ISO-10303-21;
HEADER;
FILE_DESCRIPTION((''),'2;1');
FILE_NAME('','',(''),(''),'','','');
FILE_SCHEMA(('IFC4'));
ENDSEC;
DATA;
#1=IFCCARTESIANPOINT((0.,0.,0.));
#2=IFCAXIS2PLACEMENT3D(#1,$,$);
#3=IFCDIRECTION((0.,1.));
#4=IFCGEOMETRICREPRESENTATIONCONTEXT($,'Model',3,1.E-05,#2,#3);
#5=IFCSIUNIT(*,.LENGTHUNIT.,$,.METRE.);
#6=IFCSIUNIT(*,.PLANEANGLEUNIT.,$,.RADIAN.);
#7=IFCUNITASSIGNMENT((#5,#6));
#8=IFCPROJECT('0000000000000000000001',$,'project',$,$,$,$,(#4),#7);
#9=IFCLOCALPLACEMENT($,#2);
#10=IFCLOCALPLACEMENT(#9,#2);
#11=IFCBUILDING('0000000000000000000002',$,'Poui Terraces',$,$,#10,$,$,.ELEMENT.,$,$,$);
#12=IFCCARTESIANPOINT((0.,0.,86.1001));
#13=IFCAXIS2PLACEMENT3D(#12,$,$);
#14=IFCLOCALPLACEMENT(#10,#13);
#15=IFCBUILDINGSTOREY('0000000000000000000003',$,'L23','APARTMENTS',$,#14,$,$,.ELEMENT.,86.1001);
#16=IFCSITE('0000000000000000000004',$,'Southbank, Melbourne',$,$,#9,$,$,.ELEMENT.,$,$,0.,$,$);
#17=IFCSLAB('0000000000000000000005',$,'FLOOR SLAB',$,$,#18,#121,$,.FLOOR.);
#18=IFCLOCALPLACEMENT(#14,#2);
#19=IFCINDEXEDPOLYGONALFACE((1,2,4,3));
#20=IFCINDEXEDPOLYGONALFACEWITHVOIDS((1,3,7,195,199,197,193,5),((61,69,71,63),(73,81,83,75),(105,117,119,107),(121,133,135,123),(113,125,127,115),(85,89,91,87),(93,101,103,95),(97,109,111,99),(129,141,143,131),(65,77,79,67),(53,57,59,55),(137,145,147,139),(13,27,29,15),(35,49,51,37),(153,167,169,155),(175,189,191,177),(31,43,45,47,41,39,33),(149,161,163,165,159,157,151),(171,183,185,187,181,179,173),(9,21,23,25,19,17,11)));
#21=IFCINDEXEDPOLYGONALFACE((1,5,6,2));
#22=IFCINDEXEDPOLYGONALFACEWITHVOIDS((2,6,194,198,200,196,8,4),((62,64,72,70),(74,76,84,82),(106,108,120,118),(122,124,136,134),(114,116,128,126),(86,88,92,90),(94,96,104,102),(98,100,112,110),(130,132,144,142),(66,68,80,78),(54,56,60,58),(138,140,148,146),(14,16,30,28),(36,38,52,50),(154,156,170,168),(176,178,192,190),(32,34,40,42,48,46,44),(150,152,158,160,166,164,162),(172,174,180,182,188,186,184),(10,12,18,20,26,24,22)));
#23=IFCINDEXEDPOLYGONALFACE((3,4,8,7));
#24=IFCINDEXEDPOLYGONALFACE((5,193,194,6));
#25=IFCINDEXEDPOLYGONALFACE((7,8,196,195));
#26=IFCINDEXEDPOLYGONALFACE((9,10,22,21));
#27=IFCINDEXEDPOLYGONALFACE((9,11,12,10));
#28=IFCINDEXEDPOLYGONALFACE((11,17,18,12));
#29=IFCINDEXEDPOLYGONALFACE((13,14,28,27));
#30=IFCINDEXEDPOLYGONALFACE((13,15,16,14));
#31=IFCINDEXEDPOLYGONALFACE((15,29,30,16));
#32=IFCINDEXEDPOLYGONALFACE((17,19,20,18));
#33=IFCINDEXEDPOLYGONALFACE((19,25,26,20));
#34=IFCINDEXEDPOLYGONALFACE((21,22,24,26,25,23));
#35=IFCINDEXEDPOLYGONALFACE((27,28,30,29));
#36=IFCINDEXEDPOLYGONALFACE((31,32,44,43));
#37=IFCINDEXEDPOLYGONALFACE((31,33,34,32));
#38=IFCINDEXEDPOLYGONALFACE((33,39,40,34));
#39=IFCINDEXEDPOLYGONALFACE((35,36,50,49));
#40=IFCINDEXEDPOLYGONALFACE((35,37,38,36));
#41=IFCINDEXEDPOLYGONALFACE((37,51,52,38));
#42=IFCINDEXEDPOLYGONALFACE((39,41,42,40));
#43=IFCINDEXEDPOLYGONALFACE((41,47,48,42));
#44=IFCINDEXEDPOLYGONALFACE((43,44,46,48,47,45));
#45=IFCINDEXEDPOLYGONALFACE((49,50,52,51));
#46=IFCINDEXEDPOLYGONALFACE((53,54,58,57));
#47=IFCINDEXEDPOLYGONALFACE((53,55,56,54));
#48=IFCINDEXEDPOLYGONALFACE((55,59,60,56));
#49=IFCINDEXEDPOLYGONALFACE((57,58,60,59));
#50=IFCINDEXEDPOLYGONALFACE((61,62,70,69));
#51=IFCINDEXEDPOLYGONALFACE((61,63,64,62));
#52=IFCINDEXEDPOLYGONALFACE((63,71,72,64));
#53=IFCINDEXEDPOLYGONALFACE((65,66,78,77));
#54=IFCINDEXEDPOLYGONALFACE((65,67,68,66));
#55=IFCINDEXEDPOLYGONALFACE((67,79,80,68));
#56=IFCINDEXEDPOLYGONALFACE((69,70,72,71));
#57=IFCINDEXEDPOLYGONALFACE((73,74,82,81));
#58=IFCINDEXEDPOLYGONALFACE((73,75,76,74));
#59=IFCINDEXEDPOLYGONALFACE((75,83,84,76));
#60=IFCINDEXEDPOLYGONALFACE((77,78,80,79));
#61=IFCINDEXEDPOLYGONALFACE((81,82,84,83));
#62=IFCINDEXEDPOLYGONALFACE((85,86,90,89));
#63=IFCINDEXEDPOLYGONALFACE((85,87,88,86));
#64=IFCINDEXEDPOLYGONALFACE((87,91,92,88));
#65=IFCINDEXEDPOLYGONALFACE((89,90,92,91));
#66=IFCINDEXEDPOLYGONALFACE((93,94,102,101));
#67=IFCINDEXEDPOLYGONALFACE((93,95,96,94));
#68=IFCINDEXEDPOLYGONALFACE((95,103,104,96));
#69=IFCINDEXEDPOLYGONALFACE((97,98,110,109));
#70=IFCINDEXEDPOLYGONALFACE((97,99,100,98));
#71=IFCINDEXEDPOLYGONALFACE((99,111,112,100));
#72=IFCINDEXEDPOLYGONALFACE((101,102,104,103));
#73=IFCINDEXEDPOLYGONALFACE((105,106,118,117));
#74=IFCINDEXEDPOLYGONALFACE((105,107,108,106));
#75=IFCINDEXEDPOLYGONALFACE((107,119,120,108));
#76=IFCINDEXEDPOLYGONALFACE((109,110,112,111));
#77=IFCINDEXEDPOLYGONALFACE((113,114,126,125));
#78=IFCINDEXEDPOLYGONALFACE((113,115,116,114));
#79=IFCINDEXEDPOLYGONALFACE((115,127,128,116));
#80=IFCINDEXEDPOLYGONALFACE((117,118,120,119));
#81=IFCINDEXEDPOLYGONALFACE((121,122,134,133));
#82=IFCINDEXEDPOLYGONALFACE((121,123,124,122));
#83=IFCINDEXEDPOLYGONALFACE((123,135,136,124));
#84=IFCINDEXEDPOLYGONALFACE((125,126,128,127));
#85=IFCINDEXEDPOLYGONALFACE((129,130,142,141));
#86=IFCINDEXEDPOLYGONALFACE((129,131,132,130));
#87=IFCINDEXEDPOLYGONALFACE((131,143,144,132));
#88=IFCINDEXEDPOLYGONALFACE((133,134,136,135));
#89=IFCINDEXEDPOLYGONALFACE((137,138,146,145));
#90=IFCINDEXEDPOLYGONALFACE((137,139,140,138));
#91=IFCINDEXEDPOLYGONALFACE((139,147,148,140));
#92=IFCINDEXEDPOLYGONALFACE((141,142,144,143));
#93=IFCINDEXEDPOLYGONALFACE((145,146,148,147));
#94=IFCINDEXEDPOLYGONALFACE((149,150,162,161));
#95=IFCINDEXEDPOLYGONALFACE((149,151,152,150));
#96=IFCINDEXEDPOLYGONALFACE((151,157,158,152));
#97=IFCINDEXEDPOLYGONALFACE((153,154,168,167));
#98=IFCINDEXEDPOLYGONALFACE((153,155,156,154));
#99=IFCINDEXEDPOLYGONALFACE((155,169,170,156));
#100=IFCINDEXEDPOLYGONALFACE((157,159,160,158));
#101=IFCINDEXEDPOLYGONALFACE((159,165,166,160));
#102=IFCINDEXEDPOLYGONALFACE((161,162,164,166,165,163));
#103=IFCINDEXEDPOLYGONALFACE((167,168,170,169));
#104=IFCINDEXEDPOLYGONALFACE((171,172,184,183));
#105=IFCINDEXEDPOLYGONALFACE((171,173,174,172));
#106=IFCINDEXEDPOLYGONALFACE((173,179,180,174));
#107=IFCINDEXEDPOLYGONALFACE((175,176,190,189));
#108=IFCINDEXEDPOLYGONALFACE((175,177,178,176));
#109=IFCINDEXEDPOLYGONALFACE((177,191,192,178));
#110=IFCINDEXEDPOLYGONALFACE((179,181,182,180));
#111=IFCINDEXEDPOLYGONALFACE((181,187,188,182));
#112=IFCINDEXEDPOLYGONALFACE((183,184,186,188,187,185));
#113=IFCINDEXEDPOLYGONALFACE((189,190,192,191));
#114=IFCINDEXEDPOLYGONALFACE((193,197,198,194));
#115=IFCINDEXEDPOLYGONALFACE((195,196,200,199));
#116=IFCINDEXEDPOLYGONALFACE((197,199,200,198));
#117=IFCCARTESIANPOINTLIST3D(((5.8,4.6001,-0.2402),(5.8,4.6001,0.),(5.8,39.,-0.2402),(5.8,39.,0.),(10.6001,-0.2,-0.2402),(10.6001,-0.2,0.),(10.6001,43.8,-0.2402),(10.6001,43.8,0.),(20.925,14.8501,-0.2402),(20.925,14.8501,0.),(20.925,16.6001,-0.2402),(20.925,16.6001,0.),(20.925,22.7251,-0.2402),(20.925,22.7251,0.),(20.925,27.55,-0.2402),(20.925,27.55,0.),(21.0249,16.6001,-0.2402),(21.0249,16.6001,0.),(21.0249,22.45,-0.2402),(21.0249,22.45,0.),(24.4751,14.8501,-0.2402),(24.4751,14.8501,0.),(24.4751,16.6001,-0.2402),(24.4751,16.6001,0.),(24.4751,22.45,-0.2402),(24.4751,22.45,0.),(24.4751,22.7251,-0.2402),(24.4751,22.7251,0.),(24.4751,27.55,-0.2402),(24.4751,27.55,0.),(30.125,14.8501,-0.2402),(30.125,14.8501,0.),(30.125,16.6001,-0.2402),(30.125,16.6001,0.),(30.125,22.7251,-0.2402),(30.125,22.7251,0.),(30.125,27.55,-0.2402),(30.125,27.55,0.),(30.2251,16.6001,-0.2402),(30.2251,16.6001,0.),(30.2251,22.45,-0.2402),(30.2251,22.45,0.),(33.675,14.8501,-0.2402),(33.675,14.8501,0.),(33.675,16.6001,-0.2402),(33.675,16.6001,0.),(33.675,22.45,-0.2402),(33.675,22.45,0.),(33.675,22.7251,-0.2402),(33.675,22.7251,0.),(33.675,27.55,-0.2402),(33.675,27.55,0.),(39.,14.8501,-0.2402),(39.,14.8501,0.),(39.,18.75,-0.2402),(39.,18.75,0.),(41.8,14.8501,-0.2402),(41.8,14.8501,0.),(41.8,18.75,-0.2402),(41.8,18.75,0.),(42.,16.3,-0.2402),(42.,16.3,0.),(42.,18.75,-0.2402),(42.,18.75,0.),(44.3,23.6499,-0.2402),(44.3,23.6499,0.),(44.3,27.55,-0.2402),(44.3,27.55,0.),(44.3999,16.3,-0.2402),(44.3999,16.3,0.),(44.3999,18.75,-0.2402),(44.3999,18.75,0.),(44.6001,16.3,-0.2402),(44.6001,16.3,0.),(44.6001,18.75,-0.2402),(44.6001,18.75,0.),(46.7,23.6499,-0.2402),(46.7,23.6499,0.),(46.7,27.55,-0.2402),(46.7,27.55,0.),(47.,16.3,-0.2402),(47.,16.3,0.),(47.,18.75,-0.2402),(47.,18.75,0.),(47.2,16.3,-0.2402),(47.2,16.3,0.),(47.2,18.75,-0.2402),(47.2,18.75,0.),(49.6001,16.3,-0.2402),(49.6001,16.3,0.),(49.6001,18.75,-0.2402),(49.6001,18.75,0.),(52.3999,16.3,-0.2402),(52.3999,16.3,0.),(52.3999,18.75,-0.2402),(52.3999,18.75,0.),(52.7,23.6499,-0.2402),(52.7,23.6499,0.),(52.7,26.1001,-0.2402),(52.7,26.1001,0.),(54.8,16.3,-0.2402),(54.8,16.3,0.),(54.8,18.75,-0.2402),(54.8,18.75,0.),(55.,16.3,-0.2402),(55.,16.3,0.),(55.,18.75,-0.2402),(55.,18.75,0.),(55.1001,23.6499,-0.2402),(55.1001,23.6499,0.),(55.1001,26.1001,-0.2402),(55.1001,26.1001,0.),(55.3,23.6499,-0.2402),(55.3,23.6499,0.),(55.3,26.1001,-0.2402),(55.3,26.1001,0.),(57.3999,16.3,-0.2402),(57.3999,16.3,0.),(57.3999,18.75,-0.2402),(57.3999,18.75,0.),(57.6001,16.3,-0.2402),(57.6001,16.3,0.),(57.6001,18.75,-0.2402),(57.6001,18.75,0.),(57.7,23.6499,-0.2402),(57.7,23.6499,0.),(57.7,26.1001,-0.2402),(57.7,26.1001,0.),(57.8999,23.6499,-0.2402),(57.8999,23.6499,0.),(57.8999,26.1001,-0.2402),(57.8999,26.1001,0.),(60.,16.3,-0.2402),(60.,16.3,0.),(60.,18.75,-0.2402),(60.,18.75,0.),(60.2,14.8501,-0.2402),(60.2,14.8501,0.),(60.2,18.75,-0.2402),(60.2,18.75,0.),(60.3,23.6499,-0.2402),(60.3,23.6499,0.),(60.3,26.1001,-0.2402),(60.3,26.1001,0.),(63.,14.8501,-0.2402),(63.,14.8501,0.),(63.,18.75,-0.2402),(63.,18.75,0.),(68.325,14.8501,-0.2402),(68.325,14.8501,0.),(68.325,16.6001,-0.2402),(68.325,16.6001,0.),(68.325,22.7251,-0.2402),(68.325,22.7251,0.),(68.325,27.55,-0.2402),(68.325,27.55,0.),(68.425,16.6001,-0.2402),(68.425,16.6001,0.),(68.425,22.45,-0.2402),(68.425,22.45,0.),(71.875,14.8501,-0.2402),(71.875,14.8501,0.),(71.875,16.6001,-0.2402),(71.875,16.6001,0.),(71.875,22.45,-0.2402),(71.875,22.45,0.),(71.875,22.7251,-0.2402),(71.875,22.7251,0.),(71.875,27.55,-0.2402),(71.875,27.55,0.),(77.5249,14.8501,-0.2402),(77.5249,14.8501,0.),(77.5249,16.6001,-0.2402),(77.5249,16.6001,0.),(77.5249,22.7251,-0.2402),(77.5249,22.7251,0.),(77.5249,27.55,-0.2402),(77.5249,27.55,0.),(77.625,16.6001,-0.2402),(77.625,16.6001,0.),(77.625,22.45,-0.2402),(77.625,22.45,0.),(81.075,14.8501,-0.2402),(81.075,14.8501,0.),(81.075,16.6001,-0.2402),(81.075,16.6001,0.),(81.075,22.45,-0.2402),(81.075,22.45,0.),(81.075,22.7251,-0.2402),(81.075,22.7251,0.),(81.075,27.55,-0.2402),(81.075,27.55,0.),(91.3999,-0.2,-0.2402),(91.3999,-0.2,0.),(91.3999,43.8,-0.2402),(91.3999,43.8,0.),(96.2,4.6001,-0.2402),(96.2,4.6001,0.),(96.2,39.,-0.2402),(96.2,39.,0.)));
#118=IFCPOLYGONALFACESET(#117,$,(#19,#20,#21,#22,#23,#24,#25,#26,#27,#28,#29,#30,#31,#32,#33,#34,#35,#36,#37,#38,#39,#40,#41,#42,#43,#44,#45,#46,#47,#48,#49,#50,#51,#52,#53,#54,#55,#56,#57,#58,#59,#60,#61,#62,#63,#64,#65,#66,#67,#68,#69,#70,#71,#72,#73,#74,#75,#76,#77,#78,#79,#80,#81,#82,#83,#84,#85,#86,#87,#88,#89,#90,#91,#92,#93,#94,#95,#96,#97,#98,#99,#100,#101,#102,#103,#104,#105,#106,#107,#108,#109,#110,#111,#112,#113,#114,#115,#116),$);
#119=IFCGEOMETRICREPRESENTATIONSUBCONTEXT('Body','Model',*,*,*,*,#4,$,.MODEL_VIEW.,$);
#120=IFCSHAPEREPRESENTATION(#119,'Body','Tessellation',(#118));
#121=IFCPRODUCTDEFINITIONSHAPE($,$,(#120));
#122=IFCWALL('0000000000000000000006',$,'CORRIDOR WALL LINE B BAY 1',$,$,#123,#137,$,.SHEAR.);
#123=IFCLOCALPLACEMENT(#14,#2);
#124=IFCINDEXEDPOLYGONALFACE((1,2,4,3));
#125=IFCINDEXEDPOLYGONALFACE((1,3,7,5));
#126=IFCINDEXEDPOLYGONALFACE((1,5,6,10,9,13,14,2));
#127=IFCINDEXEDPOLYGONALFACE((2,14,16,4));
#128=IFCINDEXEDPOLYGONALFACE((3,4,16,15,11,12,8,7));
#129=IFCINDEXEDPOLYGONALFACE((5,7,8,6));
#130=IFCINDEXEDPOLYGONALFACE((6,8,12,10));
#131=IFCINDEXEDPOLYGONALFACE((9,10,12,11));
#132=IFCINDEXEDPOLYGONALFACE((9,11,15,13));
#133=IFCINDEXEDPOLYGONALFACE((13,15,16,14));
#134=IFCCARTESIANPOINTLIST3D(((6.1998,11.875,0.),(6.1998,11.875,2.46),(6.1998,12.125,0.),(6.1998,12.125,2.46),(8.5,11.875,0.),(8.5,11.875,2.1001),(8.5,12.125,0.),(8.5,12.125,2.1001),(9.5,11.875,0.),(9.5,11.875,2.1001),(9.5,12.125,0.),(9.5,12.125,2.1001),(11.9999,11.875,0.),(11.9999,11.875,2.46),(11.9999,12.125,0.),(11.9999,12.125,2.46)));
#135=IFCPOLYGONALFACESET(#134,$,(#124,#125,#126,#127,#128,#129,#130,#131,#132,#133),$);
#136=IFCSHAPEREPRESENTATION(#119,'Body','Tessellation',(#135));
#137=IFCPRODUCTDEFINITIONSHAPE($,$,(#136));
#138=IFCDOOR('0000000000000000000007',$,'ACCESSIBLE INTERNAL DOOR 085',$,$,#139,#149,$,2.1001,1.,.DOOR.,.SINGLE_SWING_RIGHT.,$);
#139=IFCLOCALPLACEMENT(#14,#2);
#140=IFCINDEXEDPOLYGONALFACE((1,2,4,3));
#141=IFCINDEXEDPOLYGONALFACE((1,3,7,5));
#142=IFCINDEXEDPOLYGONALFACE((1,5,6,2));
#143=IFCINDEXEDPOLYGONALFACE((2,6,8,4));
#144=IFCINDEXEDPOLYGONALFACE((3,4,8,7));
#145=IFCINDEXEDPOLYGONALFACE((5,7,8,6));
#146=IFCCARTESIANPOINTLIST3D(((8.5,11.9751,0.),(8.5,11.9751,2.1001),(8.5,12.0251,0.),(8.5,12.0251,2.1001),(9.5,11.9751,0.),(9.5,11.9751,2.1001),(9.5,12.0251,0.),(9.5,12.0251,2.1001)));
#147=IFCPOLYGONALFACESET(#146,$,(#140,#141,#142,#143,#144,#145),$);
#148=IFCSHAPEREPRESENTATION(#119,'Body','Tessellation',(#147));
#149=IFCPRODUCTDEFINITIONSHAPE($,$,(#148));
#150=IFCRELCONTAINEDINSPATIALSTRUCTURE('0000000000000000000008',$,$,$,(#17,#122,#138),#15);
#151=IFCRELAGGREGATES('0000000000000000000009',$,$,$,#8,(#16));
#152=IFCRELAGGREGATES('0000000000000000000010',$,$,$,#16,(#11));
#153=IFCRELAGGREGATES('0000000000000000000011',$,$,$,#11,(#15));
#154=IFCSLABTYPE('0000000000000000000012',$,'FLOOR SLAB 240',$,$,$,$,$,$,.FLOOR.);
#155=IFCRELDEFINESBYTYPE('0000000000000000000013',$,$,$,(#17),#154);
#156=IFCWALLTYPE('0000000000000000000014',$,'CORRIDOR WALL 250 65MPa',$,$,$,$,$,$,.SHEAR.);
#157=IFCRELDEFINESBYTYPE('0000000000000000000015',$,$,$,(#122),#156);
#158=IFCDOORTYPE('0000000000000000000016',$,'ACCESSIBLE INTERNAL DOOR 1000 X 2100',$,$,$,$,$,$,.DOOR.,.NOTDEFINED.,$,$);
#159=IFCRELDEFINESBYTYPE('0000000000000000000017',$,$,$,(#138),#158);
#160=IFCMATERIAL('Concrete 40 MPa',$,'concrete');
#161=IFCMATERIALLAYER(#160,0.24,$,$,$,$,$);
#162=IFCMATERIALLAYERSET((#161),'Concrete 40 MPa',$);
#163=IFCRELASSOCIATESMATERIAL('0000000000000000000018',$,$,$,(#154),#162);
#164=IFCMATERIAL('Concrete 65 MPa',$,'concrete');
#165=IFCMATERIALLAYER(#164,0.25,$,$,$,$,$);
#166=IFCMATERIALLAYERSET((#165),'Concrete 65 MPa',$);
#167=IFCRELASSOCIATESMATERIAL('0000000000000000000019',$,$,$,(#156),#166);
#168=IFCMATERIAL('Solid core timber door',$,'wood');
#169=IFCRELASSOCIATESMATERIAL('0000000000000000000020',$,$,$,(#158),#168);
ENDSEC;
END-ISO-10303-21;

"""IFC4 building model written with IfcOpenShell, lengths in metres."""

from ifc_helpers import new_model, si_unit, direction, frame, frame_2d, origin, place, context, subcontext, project, spatial, polyline, rectangle, outline, extrude, source, transform, mapped, material, layer, layer_set, type_object, element, fill, save


model = new_model("IFC4")

# Units and contexts
model_context = context("Model", 3, precision=1e-05, world=origin(), true_north=direction((0.0, 1.0)))
body_context = subcontext(model_context, "Body", "Model", "MODEL_VIEW")
ifc_project = project(units=[si_unit("LENGTHUNIT", "METRE"), si_unit("PLANEANGLEUNIT", "RADIAN")], contexts=[model_context])

# Site, building, storey
site_placement = place(None, origin())
site = spatial("IfcSite", under=ifc_project, at=site_placement, Name="Southbank, Melbourne", CompositionType="ELEMENT", RefElevation=0.0)
building_placement = place(site_placement, origin())
building = spatial("IfcBuilding", under=site, at=building_placement, Name="Poui Terraces", CompositionType="ELEMENT")
storey_placement = place(building_placement, frame((0.0, 0.0, 86.1001)))
storey = spatial("IfcBuildingStorey", under=building, at=storey_placement, Name="L23", Description="APARTMENTS", CompositionType="ELEMENT", Elevation=86.1001)

# Slab
ifc_material_1 = material(Name="Concrete 40 MPa", Category="concrete")
ifc_layer_1 = layer(ifc_material_1, 0.24)
ifc_layer_set_1 = layer_set([ifc_layer_1], Name="Concrete 40 MPa")
slab_type = type_object("IfcSlabType", Name="FLOOR SLAB 240", PredefinedType="FLOOR", material=ifc_layer_set_1)
shared_shape = source(origin(), body_context, "Body", "SweptSolid", [
    extrude(outline(polyline([(0.0, 0.0), (4.8, -4.8), (85.5999, -4.8), (90.3999, 0.0), (90.3999, 34.3999), (85.5999, 39.2), (4.8, 39.2), (0.0, 34.3999), (0.0, 0.0)]), holes=[polyline([(33.2, 10.25), (33.2, 14.1499), (36.0, 14.1499), (36.0, 10.25), (33.2, 10.25)]), polyline([(36.2, 11.7), (36.2, 14.1499), (38.5999, 14.1499), (38.5999, 11.7), (36.2, 11.7)]), polyline([(38.8, 11.7), (38.8, 14.1499), (41.2, 14.1499), (41.2, 11.7), (38.8, 11.7)]), polyline([(41.3999, 14.1499), (43.8, 14.1499), (43.8, 11.7), (41.3999, 11.7), (41.3999, 14.1499)]), polyline([(46.5999, 14.1499), (49.0, 14.1499), (49.0, 11.7), (46.5999, 11.7), (46.5999, 14.1499)]), polyline([(15.2249, 17.8499), (18.675, 17.8499), (18.675, 12.0), (18.675, 10.25), (15.125, 10.25), (15.125, 12.0), (15.2249, 12.0), (15.2249, 17.8499)]), polyline([(24.425, 17.8499), (27.875, 17.8499), (27.875, 12.0), (27.875, 10.25), (24.325, 10.25), (24.325, 12.0), (24.425, 12.0), (24.425, 17.8499)]), polyline([(15.125, 18.125), (15.125, 22.95), (18.675, 22.95), (18.675, 18.125), (15.125, 18.125)]), polyline([(24.325, 22.95), (27.875, 22.95), (27.875, 18.125), (24.325, 18.125), (24.325, 22.95)]), polyline([(38.5, 22.95), (40.8999, 22.95), (40.8999, 19.0498), (38.5, 19.0498), (38.5, 22.95)]), polyline([(54.3999, 10.25), (54.3999, 14.1499), (57.2, 14.1499), (57.2, 10.25), (54.3999, 10.25)]), polyline([(49.2, 11.7), (49.2, 14.1499), (51.5999, 14.1499), (51.5999, 11.7), (49.2, 11.7)]), polyline([(51.8, 11.7), (51.8, 14.1499), (54.2, 14.1499), (54.2, 11.7), (51.8, 11.7)]), polyline([(66.075, 17.8499), (66.075, 12.0), (66.075, 10.25), (62.5249, 10.25), (62.5249, 12.0), (62.625, 12.0), (62.625, 17.8499), (66.075, 17.8499)]), polyline([(75.2749, 17.8499), (75.2749, 12.0), (75.2749, 10.25), (71.7249, 10.25), (71.7249, 12.0), (71.825, 12.0), (71.825, 17.8499), (75.2749, 17.8499)]), polyline([(46.8999, 19.0498), (46.8999, 21.5), (49.3, 21.5), (49.3, 19.0498), (46.8999, 19.0498)]), polyline([(49.5, 19.0498), (49.5, 21.5), (51.8999, 21.5), (51.8999, 19.0498), (49.5, 19.0498)]), polyline([(52.0999, 19.0498), (52.0999, 21.5), (54.5, 21.5), (54.5, 19.0498), (52.0999, 19.0498)]), polyline([(62.5249, 22.95), (66.075, 22.95), (66.075, 18.125), (62.5249, 18.125), (62.5249, 22.95)]), polyline([(71.7249, 22.95), (75.2749, 22.95), (75.2749, 18.125), (71.7249, 18.125), (71.7249, 22.95)])]), origin(), (0.0, 0.0, 1.0), 0.2402),
])
slab_placement = place(storey_placement, frame((5.8, 4.6001, -0.2402)))
element("IfcSlab", 1, at=slab_placement, inside=storey, type_object=slab_type, Name="FLOOR SLAB", PredefinedType="FLOOR", context=body_context, shape_type="MappedRepresentation", body=[
    mapped(shared_shape, transform((0.0, 0.0, 0.0))),
])

# Wall, opening, door
ifc_material_2 = material(Name="Concrete 65 MPa", Category="concrete")
ifc_layer_2 = layer(ifc_material_2, 0.25)
ifc_layer_set_2 = layer_set([ifc_layer_2], Name="Concrete 65 MPa")
wall_type_1 = type_object("IfcWallType", Name="CORRIDOR WALL 250 65MPa", PredefinedType="SHEAR", material=ifc_layer_set_2)
wall_1_placement = place(storey_placement, frame((6.2, 12.0, 0.0), z_axis=(0.0, 0.0, 1.0), x_axis=(1.0, 0.0, 0.0)))
wall_1 = element("IfcWall", 2, at=wall_1_placement, inside=storey, type_object=wall_type_1, Name="CORRIDOR WALL LINE B BAY 1", PredefinedType="SHEAR", context=body_context, shape_type="SweptSolid", body=[
    extrude(rectangle(XDim=5.8, YDim=0.25, at=frame_2d((2.8999, 0.0))), origin(), (0.0, 0.0, 1.0), 2.46),
])
opening_1_placement = place(wall_1_placement, frame((2.3, 0.0, 0.0)))
opening_1 = element("IfcOpeningElement", 3, at=opening_1_placement, cuts=wall_1, PredefinedType="OPENING", context=body_context, shape_type="SweptSolid", body=[
    extrude(rectangle(XDim=1.0, YDim=2.1001, at=frame_2d((0.5, 1.05))), frame((0.0, 0.135, 0.0), z_axis=(0.0, -1.0, 0.0), x_axis=(1.0, 0.0, 0.0)), (0.0, 0.0, 1.0), 0.27),
])
ifc_material_3 = material(Name="Solid core timber door", Category="wood")
door_type = type_object("IfcDoorType", Name="ACCESSIBLE INTERNAL DOOR 1000 X 2100", OperationType="NOTDEFINED", PredefinedType="DOOR", material=ifc_material_3)
door_placement = place(opening_1_placement, frame((1.0, 0.0, 0.0), z_axis=(0.0, 0.0, 1.0), x_axis=(-1.0, 0.0, 0.0)))
door = element("IfcDoor", 4, at=door_placement, inside=storey, type_object=door_type, Name="ACCESSIBLE INTERNAL DOOR 085", OperationType="SINGLE_SWING_RIGHT", OverallHeight=2.1001, OverallWidth=1.0, PredefinedType="DOOR", context=body_context, shape_type="SweptSolid", body=[
    extrude(rectangle(XDim=1.0, YDim=2.1001, at=frame_2d((0.5, 1.05))), frame((0.0, 0.0249, 0.0), z_axis=(0.0, -1.0, 0.0), x_axis=(1.0, 0.0, 0.0)), (0.0, 0.0, 1.0), 0.05),
])
fill(opening_1, door)

save(model, "model.ifc")
